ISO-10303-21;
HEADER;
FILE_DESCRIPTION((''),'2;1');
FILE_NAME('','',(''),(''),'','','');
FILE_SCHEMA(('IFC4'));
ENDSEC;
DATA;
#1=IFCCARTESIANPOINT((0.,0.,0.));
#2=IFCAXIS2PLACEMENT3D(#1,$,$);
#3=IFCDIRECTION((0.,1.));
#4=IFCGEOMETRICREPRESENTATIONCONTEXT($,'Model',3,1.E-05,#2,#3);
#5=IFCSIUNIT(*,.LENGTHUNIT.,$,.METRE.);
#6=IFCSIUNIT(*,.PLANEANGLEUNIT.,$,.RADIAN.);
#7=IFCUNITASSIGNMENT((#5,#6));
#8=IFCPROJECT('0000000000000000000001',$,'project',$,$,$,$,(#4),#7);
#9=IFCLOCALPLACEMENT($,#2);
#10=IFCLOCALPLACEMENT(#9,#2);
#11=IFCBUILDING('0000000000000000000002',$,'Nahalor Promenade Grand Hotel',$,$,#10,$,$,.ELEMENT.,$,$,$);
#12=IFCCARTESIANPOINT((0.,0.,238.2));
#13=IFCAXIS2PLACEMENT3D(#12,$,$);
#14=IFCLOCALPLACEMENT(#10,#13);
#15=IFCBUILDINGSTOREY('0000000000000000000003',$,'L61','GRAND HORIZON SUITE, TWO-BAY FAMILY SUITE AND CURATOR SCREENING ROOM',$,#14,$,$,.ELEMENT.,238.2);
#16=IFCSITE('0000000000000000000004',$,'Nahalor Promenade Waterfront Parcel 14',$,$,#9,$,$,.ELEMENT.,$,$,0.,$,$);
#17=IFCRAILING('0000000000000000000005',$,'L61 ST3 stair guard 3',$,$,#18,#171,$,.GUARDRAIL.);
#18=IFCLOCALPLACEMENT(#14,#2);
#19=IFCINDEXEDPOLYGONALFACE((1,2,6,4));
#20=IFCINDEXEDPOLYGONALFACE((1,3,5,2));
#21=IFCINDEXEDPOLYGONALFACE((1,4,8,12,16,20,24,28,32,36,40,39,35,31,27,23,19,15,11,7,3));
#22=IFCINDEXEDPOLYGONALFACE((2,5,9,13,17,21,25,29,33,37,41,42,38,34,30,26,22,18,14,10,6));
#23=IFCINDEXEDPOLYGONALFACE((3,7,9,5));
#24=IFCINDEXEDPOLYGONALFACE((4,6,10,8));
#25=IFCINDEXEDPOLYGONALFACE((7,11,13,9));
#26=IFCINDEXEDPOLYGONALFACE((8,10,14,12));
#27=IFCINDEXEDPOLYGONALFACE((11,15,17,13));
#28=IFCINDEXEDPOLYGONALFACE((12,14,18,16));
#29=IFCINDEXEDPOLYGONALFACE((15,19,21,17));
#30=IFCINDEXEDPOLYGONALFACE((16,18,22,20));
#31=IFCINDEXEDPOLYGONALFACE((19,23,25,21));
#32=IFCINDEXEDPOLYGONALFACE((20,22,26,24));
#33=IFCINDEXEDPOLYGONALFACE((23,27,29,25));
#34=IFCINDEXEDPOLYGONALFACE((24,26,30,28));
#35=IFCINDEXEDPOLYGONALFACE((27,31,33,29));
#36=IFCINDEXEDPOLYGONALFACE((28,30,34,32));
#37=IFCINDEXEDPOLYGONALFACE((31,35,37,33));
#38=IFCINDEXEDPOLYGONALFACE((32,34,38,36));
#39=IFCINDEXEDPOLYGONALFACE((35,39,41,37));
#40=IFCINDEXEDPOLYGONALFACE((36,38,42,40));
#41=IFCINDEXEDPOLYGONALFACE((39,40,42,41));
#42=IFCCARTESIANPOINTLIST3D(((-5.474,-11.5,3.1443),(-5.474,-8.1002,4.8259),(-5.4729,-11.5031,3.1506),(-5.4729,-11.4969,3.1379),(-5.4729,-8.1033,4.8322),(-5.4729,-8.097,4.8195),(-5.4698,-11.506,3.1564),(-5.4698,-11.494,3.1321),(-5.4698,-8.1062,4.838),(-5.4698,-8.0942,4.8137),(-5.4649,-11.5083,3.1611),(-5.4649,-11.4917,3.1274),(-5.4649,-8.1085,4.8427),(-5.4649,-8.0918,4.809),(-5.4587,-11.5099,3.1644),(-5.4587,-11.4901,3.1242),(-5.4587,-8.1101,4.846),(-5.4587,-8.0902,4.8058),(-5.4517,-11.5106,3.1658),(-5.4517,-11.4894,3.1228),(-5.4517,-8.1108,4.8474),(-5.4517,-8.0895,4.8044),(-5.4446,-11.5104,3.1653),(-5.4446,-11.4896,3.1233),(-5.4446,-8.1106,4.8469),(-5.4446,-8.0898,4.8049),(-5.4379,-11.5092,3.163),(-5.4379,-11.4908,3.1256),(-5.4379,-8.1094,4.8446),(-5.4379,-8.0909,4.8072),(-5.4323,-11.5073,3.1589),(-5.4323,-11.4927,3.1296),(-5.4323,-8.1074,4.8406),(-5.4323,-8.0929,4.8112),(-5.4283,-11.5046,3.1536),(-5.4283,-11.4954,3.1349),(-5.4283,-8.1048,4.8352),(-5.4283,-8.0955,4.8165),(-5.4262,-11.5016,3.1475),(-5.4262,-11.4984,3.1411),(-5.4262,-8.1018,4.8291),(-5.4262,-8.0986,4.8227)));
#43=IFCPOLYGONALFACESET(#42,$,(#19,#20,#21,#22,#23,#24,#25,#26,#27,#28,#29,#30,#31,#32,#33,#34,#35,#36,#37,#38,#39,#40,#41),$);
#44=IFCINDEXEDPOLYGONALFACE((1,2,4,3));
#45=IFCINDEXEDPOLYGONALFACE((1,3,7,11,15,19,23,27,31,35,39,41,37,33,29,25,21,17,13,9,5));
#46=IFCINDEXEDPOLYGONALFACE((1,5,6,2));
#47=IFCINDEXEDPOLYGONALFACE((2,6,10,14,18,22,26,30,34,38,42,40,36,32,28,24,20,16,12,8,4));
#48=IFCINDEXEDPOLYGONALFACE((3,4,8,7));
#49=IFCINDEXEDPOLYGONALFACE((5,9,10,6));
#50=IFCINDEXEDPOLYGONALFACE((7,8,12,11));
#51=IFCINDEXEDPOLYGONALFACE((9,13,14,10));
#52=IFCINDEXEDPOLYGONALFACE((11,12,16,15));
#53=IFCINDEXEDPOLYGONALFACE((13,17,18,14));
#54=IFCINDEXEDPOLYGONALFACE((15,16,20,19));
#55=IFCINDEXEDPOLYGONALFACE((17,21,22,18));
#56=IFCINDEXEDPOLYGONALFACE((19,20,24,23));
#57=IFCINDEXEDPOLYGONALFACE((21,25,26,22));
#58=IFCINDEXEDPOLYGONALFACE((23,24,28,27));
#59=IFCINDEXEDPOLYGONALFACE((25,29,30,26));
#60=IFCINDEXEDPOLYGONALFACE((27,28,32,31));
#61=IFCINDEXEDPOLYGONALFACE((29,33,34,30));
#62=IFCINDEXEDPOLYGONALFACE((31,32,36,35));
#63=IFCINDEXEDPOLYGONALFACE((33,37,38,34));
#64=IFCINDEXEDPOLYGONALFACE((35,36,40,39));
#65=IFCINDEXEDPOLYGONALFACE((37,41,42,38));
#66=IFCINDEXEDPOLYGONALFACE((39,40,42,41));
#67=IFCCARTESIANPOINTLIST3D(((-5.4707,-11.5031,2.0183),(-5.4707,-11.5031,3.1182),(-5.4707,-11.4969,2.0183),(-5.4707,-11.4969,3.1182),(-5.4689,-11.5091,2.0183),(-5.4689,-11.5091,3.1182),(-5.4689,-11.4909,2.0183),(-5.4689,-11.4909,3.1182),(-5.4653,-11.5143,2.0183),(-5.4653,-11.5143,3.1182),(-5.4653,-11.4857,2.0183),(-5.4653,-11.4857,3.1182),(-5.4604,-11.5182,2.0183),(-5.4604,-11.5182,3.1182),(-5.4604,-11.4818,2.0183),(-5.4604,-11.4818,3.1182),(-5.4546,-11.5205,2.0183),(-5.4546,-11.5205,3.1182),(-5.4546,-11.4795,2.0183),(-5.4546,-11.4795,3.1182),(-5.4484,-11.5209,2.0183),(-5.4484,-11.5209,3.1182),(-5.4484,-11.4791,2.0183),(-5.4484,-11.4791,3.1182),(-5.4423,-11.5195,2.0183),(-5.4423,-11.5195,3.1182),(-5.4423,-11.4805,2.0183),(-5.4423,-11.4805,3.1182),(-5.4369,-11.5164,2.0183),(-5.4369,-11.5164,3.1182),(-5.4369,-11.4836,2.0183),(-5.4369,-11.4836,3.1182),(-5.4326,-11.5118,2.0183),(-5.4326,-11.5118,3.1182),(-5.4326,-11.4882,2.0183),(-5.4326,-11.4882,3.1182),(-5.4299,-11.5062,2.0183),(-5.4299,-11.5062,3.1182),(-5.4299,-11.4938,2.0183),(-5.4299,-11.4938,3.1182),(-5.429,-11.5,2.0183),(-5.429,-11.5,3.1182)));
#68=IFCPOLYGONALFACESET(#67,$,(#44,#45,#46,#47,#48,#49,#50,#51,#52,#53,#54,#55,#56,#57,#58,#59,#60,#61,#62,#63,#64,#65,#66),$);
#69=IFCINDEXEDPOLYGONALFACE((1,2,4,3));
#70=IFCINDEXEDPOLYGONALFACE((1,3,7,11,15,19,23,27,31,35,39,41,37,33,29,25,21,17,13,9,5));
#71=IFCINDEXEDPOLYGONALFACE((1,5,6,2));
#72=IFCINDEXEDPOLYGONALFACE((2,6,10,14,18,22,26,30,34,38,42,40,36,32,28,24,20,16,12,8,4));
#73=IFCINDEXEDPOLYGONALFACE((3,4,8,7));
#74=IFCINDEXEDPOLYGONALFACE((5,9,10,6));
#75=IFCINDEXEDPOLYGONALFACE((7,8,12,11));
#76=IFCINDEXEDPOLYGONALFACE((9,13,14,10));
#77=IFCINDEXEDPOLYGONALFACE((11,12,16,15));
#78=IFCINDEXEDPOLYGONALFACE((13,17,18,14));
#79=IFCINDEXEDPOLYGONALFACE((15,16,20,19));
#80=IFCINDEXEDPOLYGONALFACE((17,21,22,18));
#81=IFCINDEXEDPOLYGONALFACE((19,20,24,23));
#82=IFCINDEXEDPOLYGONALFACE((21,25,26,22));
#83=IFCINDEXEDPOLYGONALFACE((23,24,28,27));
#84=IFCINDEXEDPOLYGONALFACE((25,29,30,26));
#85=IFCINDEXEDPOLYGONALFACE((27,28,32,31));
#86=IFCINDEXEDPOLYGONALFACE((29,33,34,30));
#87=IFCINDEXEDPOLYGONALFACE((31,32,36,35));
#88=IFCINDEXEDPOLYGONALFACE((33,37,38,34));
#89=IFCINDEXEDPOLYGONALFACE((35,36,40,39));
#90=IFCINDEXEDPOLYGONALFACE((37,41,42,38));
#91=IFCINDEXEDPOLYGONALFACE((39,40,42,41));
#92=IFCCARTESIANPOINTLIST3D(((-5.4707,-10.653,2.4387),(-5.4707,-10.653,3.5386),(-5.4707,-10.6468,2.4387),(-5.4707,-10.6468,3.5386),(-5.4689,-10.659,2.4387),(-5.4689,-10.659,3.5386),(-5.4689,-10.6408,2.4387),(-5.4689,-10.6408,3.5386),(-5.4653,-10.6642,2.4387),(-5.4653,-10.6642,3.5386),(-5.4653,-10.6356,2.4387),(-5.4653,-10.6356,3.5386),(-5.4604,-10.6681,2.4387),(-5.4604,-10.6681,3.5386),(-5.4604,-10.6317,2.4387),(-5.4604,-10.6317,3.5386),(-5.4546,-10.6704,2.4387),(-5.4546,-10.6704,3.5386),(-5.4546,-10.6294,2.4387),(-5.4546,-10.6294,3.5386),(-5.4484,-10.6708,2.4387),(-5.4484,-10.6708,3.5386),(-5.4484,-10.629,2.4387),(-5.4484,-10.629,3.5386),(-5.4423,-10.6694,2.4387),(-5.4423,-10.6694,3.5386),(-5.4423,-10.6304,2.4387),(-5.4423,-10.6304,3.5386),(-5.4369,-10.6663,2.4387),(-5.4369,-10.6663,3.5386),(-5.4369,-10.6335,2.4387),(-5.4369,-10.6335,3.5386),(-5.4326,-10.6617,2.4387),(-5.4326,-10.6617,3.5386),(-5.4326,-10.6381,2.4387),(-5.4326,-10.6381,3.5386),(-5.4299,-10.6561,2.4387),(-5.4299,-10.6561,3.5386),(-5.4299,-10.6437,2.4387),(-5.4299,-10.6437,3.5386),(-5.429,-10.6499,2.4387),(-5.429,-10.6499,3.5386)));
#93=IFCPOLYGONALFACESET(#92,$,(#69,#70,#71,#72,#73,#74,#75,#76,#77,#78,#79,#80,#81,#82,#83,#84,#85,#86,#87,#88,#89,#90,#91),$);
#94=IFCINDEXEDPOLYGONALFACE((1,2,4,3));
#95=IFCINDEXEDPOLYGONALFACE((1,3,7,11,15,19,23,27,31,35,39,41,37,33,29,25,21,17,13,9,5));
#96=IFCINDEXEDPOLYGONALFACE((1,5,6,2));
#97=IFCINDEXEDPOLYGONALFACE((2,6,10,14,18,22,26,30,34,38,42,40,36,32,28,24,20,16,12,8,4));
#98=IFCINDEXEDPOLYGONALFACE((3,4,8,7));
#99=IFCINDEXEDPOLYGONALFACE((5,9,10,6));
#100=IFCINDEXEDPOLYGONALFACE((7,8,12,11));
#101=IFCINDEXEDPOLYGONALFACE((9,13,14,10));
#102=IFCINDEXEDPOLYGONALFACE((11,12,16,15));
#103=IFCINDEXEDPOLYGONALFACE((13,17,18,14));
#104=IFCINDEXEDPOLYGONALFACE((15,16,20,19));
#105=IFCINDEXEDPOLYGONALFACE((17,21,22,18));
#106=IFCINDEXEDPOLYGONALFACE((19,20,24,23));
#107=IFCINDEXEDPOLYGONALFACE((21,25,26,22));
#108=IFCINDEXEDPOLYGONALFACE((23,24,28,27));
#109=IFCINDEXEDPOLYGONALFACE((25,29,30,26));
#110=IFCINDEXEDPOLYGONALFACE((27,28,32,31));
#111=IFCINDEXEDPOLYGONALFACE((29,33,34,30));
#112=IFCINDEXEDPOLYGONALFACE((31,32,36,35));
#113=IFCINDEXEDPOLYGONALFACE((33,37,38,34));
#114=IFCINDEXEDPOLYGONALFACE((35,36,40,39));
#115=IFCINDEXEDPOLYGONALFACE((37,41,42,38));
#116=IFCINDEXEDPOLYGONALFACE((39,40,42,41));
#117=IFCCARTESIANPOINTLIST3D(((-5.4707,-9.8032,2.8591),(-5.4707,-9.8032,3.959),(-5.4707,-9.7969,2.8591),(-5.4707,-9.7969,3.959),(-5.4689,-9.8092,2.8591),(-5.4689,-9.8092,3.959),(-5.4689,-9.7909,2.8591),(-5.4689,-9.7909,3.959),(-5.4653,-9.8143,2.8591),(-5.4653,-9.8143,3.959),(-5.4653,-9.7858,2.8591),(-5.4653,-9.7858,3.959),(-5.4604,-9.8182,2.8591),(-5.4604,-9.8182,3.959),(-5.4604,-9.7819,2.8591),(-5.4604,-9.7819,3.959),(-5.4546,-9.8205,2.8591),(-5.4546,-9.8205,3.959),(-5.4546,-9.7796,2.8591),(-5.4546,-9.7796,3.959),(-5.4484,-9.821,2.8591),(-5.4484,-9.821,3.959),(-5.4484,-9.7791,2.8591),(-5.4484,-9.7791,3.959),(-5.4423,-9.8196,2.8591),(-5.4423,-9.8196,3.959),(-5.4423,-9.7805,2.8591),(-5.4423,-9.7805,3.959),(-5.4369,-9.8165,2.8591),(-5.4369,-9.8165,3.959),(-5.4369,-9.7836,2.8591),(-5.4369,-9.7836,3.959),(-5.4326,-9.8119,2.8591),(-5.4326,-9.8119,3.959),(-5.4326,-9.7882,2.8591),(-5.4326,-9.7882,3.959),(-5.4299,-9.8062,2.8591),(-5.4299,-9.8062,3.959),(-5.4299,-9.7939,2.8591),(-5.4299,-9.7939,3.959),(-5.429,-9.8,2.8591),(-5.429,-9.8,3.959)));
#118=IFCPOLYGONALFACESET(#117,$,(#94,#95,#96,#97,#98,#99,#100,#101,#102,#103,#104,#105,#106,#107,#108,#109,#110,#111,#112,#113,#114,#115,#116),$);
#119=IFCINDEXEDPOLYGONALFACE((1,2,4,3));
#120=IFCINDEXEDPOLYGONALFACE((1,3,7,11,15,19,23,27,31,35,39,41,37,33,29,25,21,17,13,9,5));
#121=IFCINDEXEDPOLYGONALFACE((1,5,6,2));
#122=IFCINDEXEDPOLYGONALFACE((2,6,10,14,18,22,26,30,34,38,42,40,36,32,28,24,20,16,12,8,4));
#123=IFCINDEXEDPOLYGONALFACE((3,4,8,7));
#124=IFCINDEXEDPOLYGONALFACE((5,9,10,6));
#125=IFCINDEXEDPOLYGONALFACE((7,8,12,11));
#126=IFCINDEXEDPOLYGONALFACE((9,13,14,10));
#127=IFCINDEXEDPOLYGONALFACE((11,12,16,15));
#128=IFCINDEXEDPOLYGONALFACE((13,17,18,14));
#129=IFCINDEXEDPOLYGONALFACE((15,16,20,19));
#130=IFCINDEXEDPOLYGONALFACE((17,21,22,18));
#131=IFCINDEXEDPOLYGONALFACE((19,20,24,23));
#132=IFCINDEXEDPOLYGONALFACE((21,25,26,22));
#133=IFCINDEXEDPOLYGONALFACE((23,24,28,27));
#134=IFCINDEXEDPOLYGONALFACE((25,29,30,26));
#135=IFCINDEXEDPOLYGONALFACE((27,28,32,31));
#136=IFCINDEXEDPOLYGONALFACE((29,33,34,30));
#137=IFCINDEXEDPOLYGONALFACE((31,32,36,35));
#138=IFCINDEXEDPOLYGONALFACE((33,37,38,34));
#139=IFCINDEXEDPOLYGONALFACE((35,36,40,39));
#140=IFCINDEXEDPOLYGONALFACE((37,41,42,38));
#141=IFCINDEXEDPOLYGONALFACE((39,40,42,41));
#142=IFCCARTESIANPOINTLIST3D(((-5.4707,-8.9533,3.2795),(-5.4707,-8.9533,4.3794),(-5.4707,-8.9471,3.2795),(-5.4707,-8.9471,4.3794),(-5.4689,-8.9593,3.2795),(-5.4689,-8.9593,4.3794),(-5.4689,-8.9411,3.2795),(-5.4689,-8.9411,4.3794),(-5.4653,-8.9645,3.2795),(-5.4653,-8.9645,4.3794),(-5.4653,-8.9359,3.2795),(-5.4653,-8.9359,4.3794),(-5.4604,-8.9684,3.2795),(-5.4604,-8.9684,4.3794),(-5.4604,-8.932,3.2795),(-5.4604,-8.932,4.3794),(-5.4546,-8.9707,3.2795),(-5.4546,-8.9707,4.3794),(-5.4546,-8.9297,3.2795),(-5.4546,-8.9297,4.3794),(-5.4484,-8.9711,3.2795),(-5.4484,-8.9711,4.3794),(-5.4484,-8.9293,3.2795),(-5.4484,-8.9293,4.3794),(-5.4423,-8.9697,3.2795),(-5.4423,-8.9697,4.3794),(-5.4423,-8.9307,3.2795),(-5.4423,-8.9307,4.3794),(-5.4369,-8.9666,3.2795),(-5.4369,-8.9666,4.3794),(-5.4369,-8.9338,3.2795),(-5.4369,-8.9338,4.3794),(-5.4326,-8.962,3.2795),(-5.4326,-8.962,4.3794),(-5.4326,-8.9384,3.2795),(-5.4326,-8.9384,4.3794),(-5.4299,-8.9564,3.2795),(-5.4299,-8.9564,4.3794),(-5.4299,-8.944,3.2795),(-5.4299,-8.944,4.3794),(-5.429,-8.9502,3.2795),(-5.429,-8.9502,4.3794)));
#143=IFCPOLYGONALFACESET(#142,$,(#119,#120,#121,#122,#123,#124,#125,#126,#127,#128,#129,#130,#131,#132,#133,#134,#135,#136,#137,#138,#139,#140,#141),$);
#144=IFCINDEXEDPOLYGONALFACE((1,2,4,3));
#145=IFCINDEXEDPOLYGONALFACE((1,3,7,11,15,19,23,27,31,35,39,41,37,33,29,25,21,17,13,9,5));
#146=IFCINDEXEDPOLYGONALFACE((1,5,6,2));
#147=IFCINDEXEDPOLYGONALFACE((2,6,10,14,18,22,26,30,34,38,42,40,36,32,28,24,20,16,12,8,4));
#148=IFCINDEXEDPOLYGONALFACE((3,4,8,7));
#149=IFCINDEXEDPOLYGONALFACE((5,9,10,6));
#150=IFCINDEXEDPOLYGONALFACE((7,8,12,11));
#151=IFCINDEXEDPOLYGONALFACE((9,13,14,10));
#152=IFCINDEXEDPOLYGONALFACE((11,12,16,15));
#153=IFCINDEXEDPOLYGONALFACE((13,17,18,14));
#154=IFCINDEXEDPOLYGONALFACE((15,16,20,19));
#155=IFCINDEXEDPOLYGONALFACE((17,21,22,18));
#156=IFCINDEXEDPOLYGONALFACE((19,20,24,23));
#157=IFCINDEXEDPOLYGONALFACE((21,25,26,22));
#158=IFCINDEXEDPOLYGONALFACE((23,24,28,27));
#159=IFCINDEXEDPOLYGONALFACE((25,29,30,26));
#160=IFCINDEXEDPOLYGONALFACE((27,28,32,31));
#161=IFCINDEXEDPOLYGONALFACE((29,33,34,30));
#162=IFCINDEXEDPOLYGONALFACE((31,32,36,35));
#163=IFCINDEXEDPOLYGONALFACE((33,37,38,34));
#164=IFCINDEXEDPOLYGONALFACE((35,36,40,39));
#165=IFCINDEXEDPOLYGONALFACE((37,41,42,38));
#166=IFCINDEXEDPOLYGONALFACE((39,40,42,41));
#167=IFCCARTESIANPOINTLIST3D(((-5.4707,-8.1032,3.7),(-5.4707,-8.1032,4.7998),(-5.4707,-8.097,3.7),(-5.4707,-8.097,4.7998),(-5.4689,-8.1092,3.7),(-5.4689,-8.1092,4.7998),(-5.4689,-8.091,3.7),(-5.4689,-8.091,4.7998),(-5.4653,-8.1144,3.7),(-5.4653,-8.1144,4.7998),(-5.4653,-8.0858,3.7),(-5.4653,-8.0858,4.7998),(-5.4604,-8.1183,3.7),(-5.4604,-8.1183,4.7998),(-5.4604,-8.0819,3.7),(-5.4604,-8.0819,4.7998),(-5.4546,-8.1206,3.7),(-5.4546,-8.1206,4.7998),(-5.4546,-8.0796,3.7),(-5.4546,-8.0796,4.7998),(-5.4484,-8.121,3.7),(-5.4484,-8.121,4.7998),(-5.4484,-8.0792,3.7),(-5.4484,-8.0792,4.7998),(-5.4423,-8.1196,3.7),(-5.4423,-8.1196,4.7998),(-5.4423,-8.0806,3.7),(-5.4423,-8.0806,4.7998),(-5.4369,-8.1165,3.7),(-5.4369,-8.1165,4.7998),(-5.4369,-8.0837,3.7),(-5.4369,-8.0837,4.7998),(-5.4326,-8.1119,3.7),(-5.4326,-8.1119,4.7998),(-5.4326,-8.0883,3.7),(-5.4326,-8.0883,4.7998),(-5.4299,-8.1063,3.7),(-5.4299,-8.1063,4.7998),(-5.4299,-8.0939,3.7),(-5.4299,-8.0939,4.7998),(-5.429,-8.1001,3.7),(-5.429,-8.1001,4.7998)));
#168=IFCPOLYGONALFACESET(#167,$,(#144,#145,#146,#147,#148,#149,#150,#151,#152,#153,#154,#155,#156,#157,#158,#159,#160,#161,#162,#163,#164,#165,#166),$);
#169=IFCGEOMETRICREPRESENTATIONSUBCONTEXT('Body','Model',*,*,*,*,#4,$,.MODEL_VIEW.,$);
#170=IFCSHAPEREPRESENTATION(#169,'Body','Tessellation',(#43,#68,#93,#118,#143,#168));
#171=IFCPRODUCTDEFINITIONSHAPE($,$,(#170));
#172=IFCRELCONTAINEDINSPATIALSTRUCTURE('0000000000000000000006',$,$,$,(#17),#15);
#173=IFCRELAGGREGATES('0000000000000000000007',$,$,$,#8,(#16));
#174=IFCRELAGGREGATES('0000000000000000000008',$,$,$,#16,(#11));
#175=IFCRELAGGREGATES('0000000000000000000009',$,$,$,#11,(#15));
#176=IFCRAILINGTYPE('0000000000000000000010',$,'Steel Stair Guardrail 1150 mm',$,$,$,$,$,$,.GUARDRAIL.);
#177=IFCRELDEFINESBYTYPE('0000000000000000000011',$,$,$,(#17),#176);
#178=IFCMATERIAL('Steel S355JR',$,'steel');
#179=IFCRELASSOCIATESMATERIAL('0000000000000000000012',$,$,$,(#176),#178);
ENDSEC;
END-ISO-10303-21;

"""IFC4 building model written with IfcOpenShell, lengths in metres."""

from ifc_helpers import new_model, si_unit, direction, frame, origin, origin_2d, place, context, subcontext, project, spatial, circle, extrude, material, type_object, element, save


model = new_model("IFC4")

# Units and contexts
model_context = context("Model", 3, precision=1e-05, world=origin(), true_north=direction((0.0, 1.0)))
body_context = subcontext(model_context, "Body", "Model", "MODEL_VIEW")
ifc_project = project(units=[si_unit("LENGTHUNIT", "METRE"), si_unit("PLANEANGLEUNIT", "RADIAN")], contexts=[model_context])

# Site, building, storey
site_placement = place(None, origin())
site = spatial("IfcSite", under=ifc_project, at=site_placement, Name="Nahalor Promenade Waterfront Parcel 14", CompositionType="ELEMENT", RefElevation=0.0)
building_placement = place(site_placement, origin())
building = spatial("IfcBuilding", under=site, at=building_placement, Name="Nahalor Promenade Grand Hotel", CompositionType="ELEMENT")
storey_placement = place(building_placement, frame((0.0, 0.0, 238.2)))
storey = spatial("IfcBuildingStorey", under=building, at=storey_placement, Name="L61", Description="GRAND HORIZON SUITE, TWO-BAY FAMILY SUITE AND CURATOR SCREENING ROOM", CompositionType="ELEMENT", Elevation=238.2)

# Shared definitions
ifc_material_1 = material(Name="Steel S355JR", Category="steel")

# Railing
railing_type_1 = type_object("IfcRailingType", Name="Steel Stair Guardrail 1150 mm", PredefinedType="GUARDRAIL", material=ifc_material_1)
railing_1_placement = place(storey_placement, frame((-5.45, -11.5, 2.0183)))
element("IfcRailing", 1, at=railing_1_placement, inside=storey, type_object=railing_type_1, Name="L61 ST3 stair guard 3", PredefinedType="GUARDRAIL", context=body_context, shape_type="SweptSolid", body=[
    extrude(circle(Radius=0.024, at=origin_2d()), frame((0.0, 0.0, 1.126), z_axis=(0.0, 0.89635, 0.443348), x_axis=(-1.0, 0.0, 0.0)), (0.0, 0.0, 1.0), 3.793),
    extrude(circle(Radius=0.021, at=origin_2d()), origin(), (0.0, 0.0, 1.0), 1.0999),
    extrude(circle(Radius=0.021, at=origin_2d()), frame((0.0, 0.8501, 0.4204)), (0.0, 0.0, 1.0), 1.0999),
    extrude(circle(Radius=0.021, at=origin_2d()), frame((0.0, 1.7, 0.8408)), (0.0, 0.0, 1.0), 1.0999),
    extrude(circle(Radius=0.021, at=origin_2d()), frame((0.0, 2.5498, 1.2612)), (0.0, 0.0, 1.0), 1.0999),
    extrude(circle(Radius=0.021, at=origin_2d()), frame((0.0, 3.3999, 1.6816)), (0.0, 0.0, 1.0), 1.0999),
])

save(model, "model.ifc")
